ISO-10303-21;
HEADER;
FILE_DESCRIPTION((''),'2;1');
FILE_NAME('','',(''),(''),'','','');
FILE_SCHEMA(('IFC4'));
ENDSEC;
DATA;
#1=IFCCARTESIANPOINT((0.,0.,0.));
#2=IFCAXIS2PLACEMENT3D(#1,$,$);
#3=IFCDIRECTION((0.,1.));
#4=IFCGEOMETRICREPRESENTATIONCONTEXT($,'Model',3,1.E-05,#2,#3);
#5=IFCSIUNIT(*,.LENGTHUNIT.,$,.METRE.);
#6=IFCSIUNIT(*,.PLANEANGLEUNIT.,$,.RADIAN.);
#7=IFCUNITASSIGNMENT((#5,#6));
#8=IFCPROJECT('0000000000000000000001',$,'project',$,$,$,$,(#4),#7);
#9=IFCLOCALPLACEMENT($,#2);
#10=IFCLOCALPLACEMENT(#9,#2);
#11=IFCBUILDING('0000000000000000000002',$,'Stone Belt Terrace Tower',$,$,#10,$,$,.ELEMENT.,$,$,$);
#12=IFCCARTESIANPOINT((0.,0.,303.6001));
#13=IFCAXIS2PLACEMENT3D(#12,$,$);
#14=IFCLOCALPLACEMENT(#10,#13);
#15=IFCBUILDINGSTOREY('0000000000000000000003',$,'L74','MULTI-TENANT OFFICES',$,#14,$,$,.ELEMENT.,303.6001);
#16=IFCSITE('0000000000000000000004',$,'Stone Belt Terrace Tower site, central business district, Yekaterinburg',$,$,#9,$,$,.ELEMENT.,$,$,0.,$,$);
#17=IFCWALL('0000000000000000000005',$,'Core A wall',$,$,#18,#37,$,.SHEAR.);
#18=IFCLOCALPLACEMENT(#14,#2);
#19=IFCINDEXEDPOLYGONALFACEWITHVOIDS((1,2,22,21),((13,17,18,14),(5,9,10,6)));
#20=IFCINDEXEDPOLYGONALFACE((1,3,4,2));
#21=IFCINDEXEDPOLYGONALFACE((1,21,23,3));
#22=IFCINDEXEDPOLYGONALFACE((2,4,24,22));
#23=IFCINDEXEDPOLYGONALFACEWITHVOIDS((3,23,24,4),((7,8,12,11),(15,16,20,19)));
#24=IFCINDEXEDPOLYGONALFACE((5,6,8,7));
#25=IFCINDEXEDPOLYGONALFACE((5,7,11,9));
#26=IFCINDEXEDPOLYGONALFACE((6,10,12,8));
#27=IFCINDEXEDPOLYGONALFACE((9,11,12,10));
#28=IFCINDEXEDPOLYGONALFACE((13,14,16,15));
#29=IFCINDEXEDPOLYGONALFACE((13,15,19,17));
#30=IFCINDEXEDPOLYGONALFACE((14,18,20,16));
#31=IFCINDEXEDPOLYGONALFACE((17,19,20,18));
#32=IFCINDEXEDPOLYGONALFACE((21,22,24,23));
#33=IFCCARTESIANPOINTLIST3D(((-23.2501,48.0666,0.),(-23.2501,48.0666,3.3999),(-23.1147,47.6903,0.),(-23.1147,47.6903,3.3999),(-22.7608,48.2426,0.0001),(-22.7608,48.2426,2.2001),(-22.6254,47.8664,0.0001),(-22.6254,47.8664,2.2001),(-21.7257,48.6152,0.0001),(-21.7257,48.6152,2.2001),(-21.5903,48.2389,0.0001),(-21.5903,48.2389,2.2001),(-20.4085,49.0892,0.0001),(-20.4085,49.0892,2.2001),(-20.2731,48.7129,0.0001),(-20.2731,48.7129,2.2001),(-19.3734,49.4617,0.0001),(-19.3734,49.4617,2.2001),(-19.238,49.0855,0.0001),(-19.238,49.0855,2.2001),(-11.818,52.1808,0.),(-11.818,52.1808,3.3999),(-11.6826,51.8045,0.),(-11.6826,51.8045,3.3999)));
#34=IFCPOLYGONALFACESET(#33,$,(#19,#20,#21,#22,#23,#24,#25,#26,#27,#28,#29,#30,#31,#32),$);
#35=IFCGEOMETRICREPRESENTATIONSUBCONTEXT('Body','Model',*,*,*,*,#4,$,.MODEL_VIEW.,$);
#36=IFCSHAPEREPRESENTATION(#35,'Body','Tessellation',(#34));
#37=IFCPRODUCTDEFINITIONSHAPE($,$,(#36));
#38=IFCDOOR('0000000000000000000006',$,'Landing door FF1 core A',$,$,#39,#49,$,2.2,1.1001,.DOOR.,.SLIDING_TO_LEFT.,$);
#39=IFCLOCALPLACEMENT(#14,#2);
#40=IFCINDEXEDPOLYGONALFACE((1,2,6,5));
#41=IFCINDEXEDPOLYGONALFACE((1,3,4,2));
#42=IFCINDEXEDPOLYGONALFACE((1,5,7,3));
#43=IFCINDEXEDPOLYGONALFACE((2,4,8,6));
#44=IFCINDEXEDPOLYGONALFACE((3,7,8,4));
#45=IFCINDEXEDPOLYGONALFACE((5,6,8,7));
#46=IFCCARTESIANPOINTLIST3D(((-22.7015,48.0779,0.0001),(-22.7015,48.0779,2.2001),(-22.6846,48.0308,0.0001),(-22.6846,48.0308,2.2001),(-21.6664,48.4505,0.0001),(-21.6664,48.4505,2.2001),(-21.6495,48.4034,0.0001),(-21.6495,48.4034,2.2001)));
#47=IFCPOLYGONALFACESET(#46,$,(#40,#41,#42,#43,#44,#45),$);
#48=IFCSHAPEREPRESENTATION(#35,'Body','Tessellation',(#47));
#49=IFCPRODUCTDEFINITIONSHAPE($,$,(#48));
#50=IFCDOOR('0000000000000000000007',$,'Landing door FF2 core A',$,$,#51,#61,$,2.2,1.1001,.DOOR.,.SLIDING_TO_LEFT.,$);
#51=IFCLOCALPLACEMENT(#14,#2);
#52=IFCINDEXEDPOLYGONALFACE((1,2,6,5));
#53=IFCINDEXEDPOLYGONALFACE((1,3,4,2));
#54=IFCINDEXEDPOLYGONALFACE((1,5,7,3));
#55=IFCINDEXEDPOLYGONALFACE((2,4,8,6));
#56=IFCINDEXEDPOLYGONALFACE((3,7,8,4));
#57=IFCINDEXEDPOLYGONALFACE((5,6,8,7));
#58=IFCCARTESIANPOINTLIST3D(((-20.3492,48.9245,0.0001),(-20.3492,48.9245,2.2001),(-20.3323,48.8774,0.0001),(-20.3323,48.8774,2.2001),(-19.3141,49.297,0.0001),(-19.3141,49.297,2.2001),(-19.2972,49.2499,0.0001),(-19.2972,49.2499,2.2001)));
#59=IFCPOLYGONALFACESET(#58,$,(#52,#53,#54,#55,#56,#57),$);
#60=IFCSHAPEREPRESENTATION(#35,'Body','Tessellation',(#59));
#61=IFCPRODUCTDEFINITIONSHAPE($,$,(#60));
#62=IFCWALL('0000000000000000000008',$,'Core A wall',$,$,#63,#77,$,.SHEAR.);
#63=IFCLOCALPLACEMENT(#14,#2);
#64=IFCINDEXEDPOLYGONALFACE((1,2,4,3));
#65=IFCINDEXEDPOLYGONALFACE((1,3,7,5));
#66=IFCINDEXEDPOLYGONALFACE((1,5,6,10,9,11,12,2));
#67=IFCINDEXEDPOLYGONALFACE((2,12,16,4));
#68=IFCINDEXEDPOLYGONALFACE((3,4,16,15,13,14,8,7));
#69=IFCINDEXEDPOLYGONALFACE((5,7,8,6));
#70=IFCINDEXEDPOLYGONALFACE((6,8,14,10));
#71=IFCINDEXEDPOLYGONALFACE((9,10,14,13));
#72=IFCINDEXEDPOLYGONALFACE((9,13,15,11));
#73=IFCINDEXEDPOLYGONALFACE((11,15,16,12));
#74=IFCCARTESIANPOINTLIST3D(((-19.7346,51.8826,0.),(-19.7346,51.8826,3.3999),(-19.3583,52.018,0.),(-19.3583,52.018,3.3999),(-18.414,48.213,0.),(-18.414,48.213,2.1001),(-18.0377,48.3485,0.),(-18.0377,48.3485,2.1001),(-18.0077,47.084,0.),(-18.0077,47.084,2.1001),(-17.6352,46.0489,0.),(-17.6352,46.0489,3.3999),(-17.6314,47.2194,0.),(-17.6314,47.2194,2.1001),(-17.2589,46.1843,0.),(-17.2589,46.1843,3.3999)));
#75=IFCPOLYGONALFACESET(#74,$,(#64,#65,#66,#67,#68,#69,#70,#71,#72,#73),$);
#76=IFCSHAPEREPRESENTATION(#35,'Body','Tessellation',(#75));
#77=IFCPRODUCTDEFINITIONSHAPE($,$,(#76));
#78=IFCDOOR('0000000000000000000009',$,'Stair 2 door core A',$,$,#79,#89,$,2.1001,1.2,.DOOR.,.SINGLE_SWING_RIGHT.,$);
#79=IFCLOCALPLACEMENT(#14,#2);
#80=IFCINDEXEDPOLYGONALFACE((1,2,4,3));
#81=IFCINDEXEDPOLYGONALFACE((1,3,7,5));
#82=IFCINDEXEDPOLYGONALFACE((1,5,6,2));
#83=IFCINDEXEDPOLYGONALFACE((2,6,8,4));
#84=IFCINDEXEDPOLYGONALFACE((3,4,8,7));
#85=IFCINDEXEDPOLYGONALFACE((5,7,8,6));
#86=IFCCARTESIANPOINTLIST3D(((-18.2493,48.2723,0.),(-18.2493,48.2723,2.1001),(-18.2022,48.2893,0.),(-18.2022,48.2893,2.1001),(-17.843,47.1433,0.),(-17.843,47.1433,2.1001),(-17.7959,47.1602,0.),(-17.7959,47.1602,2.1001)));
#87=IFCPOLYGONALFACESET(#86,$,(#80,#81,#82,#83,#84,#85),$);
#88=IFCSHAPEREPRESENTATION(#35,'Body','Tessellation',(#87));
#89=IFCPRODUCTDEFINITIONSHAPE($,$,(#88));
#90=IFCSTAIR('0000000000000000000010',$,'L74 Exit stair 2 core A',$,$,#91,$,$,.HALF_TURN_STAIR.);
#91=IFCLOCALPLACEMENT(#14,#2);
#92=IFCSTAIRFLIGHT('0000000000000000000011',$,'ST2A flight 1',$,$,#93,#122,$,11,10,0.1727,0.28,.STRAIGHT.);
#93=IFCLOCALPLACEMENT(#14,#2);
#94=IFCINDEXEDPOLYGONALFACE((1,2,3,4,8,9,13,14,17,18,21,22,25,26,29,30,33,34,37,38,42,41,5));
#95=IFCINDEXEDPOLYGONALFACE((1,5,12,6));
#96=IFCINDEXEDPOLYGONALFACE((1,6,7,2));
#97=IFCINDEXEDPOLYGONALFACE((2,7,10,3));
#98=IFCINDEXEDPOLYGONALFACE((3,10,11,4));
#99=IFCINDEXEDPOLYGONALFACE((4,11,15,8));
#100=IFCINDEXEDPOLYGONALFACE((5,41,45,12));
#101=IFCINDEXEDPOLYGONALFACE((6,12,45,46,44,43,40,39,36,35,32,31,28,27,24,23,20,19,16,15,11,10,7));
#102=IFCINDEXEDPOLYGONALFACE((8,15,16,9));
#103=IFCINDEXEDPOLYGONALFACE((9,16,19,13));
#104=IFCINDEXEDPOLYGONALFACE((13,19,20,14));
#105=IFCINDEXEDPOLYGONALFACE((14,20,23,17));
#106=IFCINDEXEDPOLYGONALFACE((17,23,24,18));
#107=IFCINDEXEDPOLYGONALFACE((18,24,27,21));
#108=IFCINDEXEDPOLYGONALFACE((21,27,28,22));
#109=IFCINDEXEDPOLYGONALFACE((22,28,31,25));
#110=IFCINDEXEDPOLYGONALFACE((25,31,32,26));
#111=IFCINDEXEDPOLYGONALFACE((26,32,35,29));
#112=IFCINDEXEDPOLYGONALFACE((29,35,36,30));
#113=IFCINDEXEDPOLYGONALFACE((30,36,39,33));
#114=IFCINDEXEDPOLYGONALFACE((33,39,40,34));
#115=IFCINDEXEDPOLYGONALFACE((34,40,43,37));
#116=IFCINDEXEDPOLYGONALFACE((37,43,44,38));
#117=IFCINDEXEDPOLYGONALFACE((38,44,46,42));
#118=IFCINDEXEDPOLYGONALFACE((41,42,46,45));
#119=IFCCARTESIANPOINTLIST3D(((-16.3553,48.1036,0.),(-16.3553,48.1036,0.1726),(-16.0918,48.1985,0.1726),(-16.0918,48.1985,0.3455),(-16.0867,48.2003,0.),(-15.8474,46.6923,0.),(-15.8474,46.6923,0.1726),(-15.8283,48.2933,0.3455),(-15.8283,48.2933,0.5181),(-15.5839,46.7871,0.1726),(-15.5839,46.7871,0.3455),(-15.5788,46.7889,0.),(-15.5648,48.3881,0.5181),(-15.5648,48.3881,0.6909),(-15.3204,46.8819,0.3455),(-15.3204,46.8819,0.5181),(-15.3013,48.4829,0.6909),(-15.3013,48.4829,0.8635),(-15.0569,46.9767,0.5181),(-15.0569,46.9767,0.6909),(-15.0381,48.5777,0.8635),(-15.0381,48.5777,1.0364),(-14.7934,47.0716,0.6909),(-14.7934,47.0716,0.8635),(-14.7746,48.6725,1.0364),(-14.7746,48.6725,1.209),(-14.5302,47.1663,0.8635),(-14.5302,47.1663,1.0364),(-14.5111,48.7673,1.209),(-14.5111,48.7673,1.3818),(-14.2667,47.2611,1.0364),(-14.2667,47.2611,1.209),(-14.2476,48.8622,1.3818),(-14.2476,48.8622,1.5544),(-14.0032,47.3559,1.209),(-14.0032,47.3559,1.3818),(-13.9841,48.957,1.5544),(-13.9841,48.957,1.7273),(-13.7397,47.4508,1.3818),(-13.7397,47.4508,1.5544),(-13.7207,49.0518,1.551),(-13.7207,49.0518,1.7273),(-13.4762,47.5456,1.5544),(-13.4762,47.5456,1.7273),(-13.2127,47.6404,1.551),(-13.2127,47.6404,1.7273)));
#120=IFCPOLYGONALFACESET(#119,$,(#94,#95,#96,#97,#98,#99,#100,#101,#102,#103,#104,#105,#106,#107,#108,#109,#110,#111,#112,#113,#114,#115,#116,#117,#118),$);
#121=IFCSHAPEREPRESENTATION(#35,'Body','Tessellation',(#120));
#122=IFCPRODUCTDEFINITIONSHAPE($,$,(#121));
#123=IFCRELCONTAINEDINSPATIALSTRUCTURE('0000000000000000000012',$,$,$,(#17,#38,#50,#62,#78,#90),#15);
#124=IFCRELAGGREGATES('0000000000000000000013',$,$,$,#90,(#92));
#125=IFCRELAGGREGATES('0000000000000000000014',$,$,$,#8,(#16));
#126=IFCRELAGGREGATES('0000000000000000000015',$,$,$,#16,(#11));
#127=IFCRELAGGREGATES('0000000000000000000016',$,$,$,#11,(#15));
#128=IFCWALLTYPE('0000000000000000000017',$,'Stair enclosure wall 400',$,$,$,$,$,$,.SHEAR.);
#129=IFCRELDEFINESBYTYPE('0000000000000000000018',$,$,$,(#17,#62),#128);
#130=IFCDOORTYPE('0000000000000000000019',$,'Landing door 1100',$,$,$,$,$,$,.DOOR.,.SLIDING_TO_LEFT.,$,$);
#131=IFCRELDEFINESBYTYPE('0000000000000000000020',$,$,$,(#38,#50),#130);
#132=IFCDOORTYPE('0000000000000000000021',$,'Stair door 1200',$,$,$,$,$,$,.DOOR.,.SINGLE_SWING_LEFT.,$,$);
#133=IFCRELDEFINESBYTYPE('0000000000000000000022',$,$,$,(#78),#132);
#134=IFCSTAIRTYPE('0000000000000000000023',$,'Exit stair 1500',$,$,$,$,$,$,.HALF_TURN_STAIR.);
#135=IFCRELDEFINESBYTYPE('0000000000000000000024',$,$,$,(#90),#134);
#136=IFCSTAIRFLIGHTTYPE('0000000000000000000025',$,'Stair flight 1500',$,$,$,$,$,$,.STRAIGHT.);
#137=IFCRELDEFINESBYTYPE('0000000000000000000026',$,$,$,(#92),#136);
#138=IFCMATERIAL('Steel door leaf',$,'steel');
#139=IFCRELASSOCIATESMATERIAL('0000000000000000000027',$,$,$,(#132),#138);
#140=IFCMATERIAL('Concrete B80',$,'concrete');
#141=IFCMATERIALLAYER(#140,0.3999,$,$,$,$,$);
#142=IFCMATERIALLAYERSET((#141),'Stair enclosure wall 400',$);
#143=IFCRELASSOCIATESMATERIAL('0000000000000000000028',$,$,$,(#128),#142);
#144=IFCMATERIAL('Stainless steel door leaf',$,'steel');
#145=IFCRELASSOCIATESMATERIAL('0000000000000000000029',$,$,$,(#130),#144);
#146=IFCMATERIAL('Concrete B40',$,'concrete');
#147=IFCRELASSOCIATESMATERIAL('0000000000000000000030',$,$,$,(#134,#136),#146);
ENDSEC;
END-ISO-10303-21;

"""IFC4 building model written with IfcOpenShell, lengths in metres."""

from ifc_helpers import new_model, si_unit, direction, frame, frame_2d, origin, place, context, subcontext, project, spatial, polyline, rectangle, outline, extrude, material, layer, layer_set, type_object, element, fill, aggregate, save


model = new_model("IFC4")

# Units and contexts
model_context = context("Model", 3, precision=1e-05, world=origin(), true_north=direction((0.0, 1.0)))
body_context = subcontext(model_context, "Body", "Model", "MODEL_VIEW")
ifc_project = project(units=[si_unit("LENGTHUNIT", "METRE"), si_unit("PLANEANGLEUNIT", "RADIAN")], contexts=[model_context])

# Site, building, storey
site_placement = place(None, origin())
site = spatial("IfcSite", under=ifc_project, at=site_placement, Name="Stone Belt Terrace Tower site, central business district, Yekaterinburg", CompositionType="ELEMENT", RefElevation=0.0)
building_placement = place(site_placement, origin())
building = spatial("IfcBuilding", under=site, at=building_placement, Name="Stone Belt Terrace Tower", CompositionType="ELEMENT")
storey_placement = place(building_placement, frame((0.0, 0.0, 303.6001)))
storey = spatial("IfcBuildingStorey", under=building, at=storey_placement, Name="L74", Description="MULTI-TENANT OFFICES", CompositionType="ELEMENT", Elevation=303.6001)

# Shared definitions
ifc_material_1 = material(Name="Concrete B80", Category="concrete")

# Shared definitions
ifc_material_2 = material(Name="Steel door leaf", Category="steel")
door_type_1 = type_object("IfcDoorType", Name="Stair door 1200", OperationType="SINGLE_SWING_LEFT", PredefinedType="DOOR", material=ifc_material_2)
ifc_layer_1 = layer(ifc_material_1, 0.3999)
ifc_layer_set_1 = layer_set([ifc_layer_1], Name="Stair enclosure wall 400")
wall_type_1 = type_object("IfcWallType", Name="Stair enclosure wall 400", PredefinedType="SHEAR", material=ifc_layer_set_1)

# Wall, openings, doors
wall_1_placement = place(storey_placement, frame((-23.1824, 47.8784, 0.0), z_axis=(0.0, 0.0, 1.0), x_axis=(0.940922, 0.338624, 0.0)))
wall_1 = element("IfcWall", 1, at=wall_1_placement, inside=storey, type_object=wall_type_1, Name="Core A wall", PredefinedType="SHEAR", context=body_context, shape_type="SweptSolid", body=[
    extrude(rectangle(XDim=12.1499, YDim=0.3999, at=frame_2d((6.075, 0.0))), origin(), (0.0, 0.0, 1.0), 3.3999),
])
opening_1_placement = place(wall_1_placement, frame((0.52, 0.0, 0.0)))
opening_1 = element("IfcOpeningElement", 2, at=opening_1_placement, cuts=wall_1, PredefinedType="OPENING", context=body_context, shape_type="SweptSolid", body=[
    extrude(rectangle(XDim=1.1001, YDim=2.2, at=frame_2d((0.55, 1.1001))), frame((0.0, 0.21, 0.0), z_axis=(0.0, -1.0, 0.0), x_axis=(1.0, 0.0, 0.0)), (0.0, 0.0, 1.0), 0.4199),
])
opening_2_placement = place(wall_1_placement, frame((3.02, 0.0, 0.0)))
opening_2 = element("IfcOpeningElement", 3, at=opening_2_placement, cuts=wall_1, PredefinedType="OPENING", context=body_context, shape_type="SweptSolid", body=[
    extrude(rectangle(XDim=1.1001, YDim=2.2, at=frame_2d((0.55, 1.1001))), frame((0.0, 0.21, 0.0), z_axis=(0.0, -1.0, 0.0), x_axis=(1.0, 0.0, 0.0)), (0.0, 0.0, 1.0), 0.4199),
])
ifc_material_3 = material(Name="Stainless steel door leaf", Category="steel")
door_type_2 = type_object("IfcDoorType", Name="Landing door 1100", OperationType="SLIDING_TO_LEFT", PredefinedType="DOOR", material=ifc_material_3)
door_1_placement = place(opening_1_placement, origin())
door_1 = element("IfcDoor", 4, at=door_1_placement, inside=storey, type_object=door_type_2, Name="Landing door FF1 core A", OperationType="SLIDING_TO_LEFT", OverallHeight=2.2, OverallWidth=1.1001, PredefinedType="DOOR", context=body_context, shape_type="SweptSolid", body=[
    extrude(rectangle(XDim=1.1001, YDim=2.2, at=frame_2d((0.55, 1.1001))), frame((0.0, 0.0249, 0.0), z_axis=(0.0, -1.0, 0.0), x_axis=(1.0, 0.0, 0.0)), (0.0, 0.0, 1.0), 0.05),
])
fill(opening_1, door_1)
door_2_placement = place(opening_2_placement, origin())
door_2 = element("IfcDoor", 5, at=door_2_placement, inside=storey, type_object=door_type_2, Name="Landing door FF2 core A", OperationType="SLIDING_TO_LEFT", OverallHeight=2.2, OverallWidth=1.1001, PredefinedType="DOOR", context=body_context, shape_type="SweptSolid", body=[
    extrude(rectangle(XDim=1.1001, YDim=2.2, at=frame_2d((0.55, 1.1001))), frame((0.0, 0.0249, 0.0), z_axis=(0.0, -1.0, 0.0), x_axis=(1.0, 0.0, 0.0)), (0.0, 0.0, 1.0), 0.05),
])
fill(opening_2, door_2)

# Wall, opening, door
wall_2_placement = place(storey_placement, frame((-17.447, 46.1165, 0.0), z_axis=(0.0, 0.0, 1.0), x_axis=(-0.338608, 0.940928, 0.0)))
wall_2 = element("IfcWall", 6, at=wall_2_placement, inside=storey, type_object=wall_type_1, Name="Core A wall", PredefinedType="SHEAR", context=body_context, shape_type="SweptSolid", body=[
    extrude(rectangle(XDim=6.2, YDim=0.3999, at=frame_2d((3.1001, 0.0))), origin(), (0.0, 0.0, 1.0), 3.3999),
])
opening_3_placement = place(wall_2_placement, frame((1.1001, 0.0, 0.0)))
opening_3 = element("IfcOpeningElement", 7, at=opening_3_placement, cuts=wall_2, PredefinedType="OPENING", context=body_context, shape_type="SweptSolid", body=[
    extrude(rectangle(XDim=1.2, YDim=2.1001, at=frame_2d((0.6001, 1.05))), frame((0.0, 0.21, 0.0), z_axis=(0.0, -1.0, 0.0), x_axis=(1.0, 0.0, 0.0)), (0.0, 0.0, 1.0), 0.4199),
])
door_3_placement = place(opening_3_placement, origin())
door_3 = element("IfcDoor", 8, at=door_3_placement, inside=storey, type_object=door_type_1, Name="Stair 2 door core A", OperationType="SINGLE_SWING_RIGHT", OverallHeight=2.1001, OverallWidth=1.2, PredefinedType="DOOR", context=body_context, shape_type="SweptSolid", body=[
    extrude(rectangle(XDim=1.2, YDim=2.1001, at=frame_2d((0.6001, 1.05))), frame((0.0, 0.0249, 0.0), z_axis=(0.0, -1.0, 0.0), x_axis=(1.0, 0.0, 0.0)), (0.0, 0.0, 1.0), 0.05),
])
fill(opening_3, door_3)

# Stair, stair flight
ifc_material_4 = material(Name="Concrete B40", Category="concrete")
stair_type = type_object("IfcStairType", Name="Exit stair 1500", PredefinedType="HALF_TURN_STAIR", material=ifc_material_4)
stair_placement = place(storey_placement, origin())
stair = element("IfcStair", 9, at=stair_placement, inside=storey, type_object=stair_type, Name="L74 Exit stair 2 core A", PredefinedType="HALF_TURN_STAIR")
stair_flight_type = type_object("IfcStairFlightType", Name="Stair flight 1500", PredefinedType="STRAIGHT", material=ifc_material_4)
stair_flight_placement = place(storey_placement, frame((-16.1013, 47.3979, 0.0), z_axis=(0.0, 0.0, 1.0), x_axis=(0.940922, 0.338624, 0.0)))
stair_flight = element("IfcStairFlight", 10, at=stair_flight_placement, type_object=stair_flight_type, Name="ST2A flight 1", NumberOfRisers=11, NumberOfTreads=10, PredefinedType="STRAIGHT", RiserHeight=0.1727, TreadLength=0.28, context=body_context, shape_type="SweptSolid", body=[
    extrude(outline(polyline([(0.0, 0.0), (0.0, 0.1726), (0.28, 0.1726), (0.28, 0.3455), (0.5601, 0.3455), (0.5601, 0.5181), (0.8401, 0.5181), (0.8401, 0.6909), (1.1201, 0.6909), (1.1201, 0.8635), (1.3999, 0.8635), (1.3999, 1.0364), (1.6799, 1.0364), (1.6799, 1.209), (1.96, 1.209), (1.96, 1.3818), (2.24, 1.3818), (2.24, 1.5544), (2.52, 1.5544), (2.52, 1.7273), (2.8, 1.7273), (2.8, 1.8999), (2.8, 1.551), (0.2854, 0.0), (0.0, 0.0)])), frame((0.0, 0.75, 0.0), z_axis=(0.0, -1.0, 0.0), x_axis=(1.0, 0.0, 0.0)), (0.0, 0.0, 1.0), 1.5),
])
aggregate(stair, [stair_flight])

save(model, "model.ifc")
